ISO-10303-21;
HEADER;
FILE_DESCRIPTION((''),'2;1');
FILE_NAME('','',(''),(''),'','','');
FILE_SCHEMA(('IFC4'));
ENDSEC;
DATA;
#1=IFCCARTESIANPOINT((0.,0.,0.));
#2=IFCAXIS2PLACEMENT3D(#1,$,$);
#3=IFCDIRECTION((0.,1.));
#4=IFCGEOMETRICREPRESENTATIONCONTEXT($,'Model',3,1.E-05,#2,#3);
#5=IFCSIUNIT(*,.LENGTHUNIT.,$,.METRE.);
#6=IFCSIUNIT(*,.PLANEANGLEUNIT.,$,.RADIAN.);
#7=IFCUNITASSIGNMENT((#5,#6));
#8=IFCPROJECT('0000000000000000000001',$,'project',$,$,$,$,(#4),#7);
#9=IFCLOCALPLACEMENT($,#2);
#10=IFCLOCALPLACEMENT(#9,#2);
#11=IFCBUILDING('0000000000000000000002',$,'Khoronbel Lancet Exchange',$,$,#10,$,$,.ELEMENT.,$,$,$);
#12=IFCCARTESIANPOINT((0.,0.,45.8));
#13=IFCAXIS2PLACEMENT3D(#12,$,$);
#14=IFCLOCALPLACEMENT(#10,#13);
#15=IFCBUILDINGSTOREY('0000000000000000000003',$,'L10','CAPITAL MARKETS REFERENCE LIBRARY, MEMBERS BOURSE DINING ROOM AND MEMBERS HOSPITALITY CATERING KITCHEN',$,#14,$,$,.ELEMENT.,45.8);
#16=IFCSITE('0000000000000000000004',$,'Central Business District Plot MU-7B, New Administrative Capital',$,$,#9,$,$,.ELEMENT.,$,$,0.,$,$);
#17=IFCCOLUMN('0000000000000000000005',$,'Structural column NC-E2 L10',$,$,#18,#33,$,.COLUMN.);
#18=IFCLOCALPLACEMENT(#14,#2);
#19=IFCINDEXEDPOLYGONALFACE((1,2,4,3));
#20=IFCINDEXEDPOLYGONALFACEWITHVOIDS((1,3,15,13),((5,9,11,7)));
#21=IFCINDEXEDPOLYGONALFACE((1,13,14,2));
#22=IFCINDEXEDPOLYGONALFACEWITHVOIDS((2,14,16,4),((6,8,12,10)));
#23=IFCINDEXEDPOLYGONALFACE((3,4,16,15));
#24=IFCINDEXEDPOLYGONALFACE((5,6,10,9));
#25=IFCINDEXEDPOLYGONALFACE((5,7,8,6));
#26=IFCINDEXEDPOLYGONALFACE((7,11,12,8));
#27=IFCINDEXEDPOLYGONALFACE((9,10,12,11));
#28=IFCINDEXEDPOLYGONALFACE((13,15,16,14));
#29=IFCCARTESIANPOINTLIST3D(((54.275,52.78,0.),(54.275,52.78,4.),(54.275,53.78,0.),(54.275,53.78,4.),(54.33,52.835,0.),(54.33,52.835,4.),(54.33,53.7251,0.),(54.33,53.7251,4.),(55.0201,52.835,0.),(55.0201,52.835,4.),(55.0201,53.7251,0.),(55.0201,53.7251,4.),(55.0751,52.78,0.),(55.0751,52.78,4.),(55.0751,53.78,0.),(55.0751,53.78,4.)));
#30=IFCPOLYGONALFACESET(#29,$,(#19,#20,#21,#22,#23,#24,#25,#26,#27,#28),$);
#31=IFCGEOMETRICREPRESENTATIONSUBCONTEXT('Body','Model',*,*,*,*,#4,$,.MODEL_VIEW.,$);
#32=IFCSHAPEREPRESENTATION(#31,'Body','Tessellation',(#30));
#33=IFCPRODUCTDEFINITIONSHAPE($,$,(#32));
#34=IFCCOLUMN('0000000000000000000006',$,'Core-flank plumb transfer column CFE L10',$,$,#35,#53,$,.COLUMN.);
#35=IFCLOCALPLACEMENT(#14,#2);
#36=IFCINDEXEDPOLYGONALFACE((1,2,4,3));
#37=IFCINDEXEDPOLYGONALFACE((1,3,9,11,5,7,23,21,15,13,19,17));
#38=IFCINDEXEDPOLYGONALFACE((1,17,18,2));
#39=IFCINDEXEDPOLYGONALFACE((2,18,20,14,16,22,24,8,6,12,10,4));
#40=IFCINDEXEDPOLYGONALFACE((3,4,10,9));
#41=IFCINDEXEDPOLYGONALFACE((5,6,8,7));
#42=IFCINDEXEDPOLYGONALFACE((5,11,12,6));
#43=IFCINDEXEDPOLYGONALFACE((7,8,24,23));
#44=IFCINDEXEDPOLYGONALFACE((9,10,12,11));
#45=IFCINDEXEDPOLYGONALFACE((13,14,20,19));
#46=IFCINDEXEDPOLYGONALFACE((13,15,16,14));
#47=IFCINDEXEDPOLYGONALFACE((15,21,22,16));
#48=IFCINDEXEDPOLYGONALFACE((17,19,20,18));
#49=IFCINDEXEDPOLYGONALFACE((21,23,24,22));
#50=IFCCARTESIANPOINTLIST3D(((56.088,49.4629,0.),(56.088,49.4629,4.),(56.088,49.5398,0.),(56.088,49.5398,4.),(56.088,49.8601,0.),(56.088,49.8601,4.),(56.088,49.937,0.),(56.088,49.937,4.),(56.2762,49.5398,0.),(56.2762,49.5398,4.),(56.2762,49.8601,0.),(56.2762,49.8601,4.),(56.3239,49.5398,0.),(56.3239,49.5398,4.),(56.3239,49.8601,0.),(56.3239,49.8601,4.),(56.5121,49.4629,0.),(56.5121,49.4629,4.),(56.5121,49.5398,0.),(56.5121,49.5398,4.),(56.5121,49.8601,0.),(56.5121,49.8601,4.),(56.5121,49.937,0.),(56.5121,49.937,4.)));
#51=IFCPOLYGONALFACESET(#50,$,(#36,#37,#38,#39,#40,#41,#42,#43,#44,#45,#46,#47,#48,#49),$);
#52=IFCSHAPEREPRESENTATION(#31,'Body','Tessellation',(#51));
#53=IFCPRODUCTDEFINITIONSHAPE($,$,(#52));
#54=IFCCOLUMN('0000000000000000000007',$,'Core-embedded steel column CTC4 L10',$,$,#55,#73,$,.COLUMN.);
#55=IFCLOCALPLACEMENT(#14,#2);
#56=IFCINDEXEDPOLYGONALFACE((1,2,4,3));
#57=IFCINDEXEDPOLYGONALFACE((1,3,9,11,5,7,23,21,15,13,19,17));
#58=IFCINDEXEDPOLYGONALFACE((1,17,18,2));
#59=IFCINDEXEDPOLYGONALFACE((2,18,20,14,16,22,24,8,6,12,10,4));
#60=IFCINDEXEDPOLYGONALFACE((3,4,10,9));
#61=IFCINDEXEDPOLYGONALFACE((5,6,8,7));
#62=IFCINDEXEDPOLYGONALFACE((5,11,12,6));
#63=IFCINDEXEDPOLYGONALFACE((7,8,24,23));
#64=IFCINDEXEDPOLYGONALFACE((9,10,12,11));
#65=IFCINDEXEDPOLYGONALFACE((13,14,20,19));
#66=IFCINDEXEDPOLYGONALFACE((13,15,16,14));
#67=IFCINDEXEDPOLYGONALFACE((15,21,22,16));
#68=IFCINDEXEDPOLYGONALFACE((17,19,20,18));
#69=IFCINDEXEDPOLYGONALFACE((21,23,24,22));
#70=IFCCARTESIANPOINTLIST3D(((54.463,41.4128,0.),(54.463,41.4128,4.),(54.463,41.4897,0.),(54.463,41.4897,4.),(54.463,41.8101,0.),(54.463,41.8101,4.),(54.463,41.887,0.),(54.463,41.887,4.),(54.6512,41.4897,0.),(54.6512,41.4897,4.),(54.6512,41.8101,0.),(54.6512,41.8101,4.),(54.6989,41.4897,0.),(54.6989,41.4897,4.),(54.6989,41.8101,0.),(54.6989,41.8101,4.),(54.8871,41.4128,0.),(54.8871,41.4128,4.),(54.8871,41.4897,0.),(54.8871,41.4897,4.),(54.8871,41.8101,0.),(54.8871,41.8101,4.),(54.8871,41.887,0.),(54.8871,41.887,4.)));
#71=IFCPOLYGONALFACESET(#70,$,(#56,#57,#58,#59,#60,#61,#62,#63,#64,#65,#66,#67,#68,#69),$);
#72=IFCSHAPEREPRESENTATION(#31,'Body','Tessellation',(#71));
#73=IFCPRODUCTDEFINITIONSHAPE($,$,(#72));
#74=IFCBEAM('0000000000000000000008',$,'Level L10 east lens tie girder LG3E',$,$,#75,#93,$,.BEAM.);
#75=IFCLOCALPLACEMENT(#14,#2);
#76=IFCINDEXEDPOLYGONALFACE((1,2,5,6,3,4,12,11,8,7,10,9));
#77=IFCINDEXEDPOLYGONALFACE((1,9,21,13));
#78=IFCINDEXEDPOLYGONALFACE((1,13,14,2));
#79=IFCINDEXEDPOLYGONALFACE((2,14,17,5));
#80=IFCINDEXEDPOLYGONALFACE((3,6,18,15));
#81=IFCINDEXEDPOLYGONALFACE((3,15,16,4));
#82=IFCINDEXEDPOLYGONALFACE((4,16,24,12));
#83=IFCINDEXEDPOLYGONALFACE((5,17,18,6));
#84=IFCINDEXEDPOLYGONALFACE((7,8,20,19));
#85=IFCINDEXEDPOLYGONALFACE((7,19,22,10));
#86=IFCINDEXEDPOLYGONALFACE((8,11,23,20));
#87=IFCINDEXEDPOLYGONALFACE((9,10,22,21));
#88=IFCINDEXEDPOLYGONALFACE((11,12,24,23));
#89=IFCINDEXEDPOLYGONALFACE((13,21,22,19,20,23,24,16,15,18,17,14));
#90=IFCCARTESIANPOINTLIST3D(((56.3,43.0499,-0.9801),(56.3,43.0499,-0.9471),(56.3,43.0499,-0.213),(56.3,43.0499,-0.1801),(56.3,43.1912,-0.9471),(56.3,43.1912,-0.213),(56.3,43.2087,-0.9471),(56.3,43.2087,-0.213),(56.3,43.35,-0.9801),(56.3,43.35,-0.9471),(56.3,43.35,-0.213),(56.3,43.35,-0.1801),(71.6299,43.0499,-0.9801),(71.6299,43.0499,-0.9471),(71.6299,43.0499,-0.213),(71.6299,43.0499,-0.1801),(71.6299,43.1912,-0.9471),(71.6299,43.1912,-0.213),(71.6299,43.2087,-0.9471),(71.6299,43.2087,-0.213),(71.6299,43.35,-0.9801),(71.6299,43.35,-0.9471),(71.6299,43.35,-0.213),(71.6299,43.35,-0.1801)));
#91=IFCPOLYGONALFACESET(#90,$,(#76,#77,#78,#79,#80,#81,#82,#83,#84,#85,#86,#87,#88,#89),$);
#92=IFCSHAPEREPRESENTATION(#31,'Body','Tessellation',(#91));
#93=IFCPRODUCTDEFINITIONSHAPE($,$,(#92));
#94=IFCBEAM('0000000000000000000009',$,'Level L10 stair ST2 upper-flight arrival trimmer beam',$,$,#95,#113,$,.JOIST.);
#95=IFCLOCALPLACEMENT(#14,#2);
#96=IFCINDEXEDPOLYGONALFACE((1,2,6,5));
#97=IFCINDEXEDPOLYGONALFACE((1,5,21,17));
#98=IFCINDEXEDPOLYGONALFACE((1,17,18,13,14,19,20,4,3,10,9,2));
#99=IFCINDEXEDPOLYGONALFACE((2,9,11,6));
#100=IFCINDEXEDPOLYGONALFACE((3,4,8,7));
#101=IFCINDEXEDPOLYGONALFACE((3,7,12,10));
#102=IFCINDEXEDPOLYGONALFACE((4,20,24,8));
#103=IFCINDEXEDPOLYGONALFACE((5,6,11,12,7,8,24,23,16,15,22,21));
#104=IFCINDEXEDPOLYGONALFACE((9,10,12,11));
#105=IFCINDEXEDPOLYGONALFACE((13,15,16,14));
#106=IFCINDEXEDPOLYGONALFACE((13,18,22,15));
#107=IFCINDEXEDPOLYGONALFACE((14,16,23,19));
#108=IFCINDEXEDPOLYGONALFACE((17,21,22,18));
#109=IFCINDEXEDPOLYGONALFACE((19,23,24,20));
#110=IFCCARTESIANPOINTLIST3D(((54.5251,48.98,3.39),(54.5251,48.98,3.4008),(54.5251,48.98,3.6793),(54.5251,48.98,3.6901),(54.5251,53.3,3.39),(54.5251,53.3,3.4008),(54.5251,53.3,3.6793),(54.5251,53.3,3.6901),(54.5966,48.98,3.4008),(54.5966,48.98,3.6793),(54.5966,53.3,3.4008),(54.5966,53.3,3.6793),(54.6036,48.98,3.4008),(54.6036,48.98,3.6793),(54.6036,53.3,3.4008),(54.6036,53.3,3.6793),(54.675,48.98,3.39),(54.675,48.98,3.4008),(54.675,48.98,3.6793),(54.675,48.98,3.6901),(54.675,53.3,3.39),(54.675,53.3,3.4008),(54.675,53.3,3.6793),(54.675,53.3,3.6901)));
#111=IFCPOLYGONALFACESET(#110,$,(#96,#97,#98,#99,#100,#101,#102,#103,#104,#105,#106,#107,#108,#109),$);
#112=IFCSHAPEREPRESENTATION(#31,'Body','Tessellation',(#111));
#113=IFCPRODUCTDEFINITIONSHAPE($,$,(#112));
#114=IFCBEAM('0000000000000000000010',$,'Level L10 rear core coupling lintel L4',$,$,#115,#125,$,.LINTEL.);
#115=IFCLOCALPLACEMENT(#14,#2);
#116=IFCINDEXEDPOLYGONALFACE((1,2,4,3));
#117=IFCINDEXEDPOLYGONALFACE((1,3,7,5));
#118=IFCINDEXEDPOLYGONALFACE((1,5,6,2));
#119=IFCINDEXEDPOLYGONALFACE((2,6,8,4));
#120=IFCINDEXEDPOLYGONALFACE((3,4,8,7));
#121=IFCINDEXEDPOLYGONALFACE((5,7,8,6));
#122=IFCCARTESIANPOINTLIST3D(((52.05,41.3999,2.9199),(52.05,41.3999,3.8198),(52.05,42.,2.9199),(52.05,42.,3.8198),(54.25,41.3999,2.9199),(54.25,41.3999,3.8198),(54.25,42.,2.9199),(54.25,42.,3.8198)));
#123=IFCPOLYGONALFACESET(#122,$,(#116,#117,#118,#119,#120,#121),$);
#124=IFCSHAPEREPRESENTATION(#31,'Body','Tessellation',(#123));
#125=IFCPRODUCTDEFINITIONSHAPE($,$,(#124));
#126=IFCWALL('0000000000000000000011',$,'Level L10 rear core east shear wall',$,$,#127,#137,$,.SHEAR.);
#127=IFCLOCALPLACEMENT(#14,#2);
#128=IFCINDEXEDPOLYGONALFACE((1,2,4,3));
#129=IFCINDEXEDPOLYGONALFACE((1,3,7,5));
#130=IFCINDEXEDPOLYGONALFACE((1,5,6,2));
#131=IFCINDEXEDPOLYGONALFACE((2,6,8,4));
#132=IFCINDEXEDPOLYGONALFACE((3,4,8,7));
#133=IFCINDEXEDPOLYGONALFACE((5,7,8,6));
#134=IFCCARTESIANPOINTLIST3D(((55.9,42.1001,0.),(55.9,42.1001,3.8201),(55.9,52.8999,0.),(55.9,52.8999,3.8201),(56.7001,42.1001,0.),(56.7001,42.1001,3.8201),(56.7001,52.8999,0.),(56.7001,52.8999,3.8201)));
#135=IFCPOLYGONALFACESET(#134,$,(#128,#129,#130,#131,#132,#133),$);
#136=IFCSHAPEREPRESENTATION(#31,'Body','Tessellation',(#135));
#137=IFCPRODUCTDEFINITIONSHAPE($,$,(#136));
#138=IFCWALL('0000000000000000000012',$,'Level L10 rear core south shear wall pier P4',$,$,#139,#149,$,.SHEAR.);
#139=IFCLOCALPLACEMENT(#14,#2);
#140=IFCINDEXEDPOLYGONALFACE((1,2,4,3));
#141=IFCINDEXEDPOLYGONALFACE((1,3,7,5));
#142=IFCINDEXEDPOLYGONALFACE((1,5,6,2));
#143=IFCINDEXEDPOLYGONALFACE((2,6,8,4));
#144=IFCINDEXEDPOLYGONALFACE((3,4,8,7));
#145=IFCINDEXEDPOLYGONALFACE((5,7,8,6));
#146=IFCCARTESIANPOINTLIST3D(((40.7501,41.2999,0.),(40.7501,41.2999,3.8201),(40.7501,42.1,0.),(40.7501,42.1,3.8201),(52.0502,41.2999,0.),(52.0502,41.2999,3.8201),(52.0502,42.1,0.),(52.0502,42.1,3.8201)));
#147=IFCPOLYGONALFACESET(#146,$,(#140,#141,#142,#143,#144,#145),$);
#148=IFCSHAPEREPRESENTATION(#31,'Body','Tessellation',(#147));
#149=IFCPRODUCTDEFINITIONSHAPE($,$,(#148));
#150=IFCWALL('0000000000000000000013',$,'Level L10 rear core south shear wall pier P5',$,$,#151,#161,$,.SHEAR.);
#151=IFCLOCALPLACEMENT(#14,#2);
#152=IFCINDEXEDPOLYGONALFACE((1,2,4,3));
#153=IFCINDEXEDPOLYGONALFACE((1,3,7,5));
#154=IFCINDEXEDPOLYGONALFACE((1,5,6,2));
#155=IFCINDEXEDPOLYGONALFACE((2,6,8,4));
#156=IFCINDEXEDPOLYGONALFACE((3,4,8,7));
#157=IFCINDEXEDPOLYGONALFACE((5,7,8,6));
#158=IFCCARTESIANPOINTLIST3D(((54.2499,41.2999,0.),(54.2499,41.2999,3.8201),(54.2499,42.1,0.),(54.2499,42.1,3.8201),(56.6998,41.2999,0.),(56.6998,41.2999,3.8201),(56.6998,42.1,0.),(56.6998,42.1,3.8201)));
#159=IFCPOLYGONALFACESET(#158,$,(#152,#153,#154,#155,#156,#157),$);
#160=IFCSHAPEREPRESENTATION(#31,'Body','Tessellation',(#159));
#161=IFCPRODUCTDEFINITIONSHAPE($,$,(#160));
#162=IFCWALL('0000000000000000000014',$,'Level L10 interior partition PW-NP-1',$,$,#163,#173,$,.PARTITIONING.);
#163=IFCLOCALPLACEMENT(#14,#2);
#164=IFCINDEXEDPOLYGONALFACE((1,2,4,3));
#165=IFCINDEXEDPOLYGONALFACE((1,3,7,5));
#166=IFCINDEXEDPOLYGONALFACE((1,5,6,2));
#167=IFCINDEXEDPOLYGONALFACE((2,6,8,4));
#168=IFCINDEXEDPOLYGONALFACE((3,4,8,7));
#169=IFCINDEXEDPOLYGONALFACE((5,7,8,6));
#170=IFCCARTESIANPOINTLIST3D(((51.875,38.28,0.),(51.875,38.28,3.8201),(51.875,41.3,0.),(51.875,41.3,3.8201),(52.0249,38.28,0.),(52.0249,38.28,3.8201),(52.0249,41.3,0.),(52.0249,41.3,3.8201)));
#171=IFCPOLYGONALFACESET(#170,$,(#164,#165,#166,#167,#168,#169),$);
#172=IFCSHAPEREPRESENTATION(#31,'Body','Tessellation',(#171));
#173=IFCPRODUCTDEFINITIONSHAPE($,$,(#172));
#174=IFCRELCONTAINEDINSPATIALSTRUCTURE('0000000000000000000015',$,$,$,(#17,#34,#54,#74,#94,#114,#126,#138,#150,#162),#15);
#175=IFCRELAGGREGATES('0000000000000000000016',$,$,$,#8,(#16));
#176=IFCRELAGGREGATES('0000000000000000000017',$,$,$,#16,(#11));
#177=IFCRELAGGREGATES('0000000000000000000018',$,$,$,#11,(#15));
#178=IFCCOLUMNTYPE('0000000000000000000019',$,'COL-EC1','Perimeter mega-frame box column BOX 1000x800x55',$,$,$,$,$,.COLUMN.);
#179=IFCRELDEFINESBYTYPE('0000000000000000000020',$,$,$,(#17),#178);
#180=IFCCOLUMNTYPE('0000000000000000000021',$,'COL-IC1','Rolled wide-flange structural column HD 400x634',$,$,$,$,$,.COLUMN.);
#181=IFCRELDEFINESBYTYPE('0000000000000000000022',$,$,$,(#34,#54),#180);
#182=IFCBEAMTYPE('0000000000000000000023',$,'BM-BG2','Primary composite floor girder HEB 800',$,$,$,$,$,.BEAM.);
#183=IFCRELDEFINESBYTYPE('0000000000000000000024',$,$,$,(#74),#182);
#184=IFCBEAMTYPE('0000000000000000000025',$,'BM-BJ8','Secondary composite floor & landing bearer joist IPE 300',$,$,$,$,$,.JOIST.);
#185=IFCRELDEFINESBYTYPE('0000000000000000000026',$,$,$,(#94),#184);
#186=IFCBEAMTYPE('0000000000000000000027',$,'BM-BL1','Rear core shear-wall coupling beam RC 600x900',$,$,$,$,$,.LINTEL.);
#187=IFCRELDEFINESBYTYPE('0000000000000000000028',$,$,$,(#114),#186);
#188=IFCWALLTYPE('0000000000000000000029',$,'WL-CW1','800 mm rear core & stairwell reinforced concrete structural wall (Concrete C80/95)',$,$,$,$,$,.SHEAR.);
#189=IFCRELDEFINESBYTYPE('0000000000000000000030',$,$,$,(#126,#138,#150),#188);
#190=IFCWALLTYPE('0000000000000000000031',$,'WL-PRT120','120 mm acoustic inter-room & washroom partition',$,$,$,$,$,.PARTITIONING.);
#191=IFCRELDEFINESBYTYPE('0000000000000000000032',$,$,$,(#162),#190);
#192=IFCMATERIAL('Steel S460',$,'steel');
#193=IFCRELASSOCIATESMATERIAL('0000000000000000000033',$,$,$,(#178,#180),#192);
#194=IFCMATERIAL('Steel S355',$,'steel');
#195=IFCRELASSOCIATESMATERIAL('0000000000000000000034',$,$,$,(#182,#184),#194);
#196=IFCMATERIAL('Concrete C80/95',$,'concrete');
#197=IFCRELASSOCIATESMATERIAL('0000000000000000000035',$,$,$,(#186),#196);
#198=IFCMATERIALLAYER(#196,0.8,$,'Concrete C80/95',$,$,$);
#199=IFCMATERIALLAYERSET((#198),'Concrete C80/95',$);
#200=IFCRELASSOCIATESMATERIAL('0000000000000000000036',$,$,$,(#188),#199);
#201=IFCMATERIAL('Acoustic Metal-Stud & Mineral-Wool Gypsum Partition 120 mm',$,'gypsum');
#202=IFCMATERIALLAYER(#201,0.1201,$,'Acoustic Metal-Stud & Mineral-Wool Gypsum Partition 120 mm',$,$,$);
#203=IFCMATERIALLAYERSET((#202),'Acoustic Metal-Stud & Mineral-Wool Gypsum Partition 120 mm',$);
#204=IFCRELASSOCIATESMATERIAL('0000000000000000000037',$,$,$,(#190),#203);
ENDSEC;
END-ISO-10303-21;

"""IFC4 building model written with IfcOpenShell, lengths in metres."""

from ifc_helpers import new_model, si_unit, direction, frame, frame_2d, origin, origin_2d, place, context, subcontext, project, spatial, rectangle, hollow_rectangle, i_section, extrude, material, layer, layer_set, material_profile, profile_set, type_object, element, save


model = new_model("IFC4")

# Units and contexts
model_context = context("Model", 3, precision=1e-05, world=origin(), true_north=direction((0.0, 1.0)))
body_context = subcontext(model_context, "Body", "Model", "MODEL_VIEW")
ifc_project = project(units=[si_unit("LENGTHUNIT", "METRE"), si_unit("PLANEANGLEUNIT", "RADIAN")], contexts=[model_context])

# Site, building, storey
site_placement = place(None, origin())
site = spatial("IfcSite", under=ifc_project, at=site_placement, Name="Central Business District Plot MU-7B, New Administrative Capital", CompositionType="ELEMENT", RefElevation=0.0)
building_placement = place(site_placement, origin())
building = spatial("IfcBuilding", under=site, at=building_placement, Name="Khoronbel Lancet Exchange", CompositionType="ELEMENT")
storey_placement = place(building_placement, frame((0.0, 0.0, 45.8)))
storey = spatial("IfcBuildingStorey", under=building, at=storey_placement, Name="L10", Description="CAPITAL MARKETS REFERENCE LIBRARY, MEMBERS BOURSE DINING ROOM AND MEMBERS HOSPITALITY CATERING KITCHEN", CompositionType="ELEMENT", Elevation=45.8)

# Columns
ifc_material_1 = material(Name="Steel S460", Category="steel")
ifc_material_profile_1 = material_profile(ifc_material_1, hollow_rectangle(XDim=0.8, YDim=1.0, WallThickness=0.0549, at=origin_2d()), Name="BOX 1000x800x55")
ifc_profile_set_1 = profile_set([ifc_material_profile_1], Name="Steel S460")
column_type_1 = type_object("IfcColumnType", Name="COL-EC1", Description="Perimeter mega-frame box column BOX 1000x800x55", PredefinedType="COLUMN", material=ifc_profile_set_1)
column_placement = place(storey_placement, frame((54.675, 53.28, 0.0), z_axis=(0.0, 0.0, 1.0), x_axis=(1.0, 0.0, 0.0)))
element("IfcColumn", 1, at=column_placement, inside=storey, type_object=column_type_1, Name="Structural column NC-E2 L10", PredefinedType="COLUMN", context=body_context, shape_type="SweptSolid", body=[
    extrude(hollow_rectangle(XDim=0.8, YDim=1.0, WallThickness=0.0549, at=origin_2d()), origin(), (0.0, 0.0, 1.0), 4.0),
])
ifc_material_profile_2 = material_profile(ifc_material_1, i_section(OverallWidth=0.4241, OverallDepth=0.4741, WebThickness=0.0476, FlangeThickness=0.0769, at=origin_2d()), Name="HD 400x634")
ifc_profile_set_2 = profile_set([ifc_material_profile_2], Name="Steel S460")
column_type_2 = type_object("IfcColumnType", Name="COL-IC1", Description="Rolled wide-flange structural column HD 400x634", PredefinedType="COLUMN", material=ifc_profile_set_2)
for number, where, z_axis, x_axis, name in (
    (2, (56.3, 49.7, 0.0), (0.0, 0.0, 1.0), (1.0, 0.0, 0.0), "Core-flank plumb transfer column CFE L10"),
    (3, (54.675, 41.6499, 0.0), (0.0, 0.0, 1.0), (1.0, 0.0, 0.0), "Core-embedded steel column CTC4 L10"),
):
    element("IfcColumn", number, at=place(storey_placement, frame(where, z_axis=z_axis, x_axis=x_axis)), inside=storey, type_object=column_type_2, Name=name, PredefinedType="COLUMN", context=body_context, shape_type="SweptSolid", body=[
        extrude(i_section(OverallWidth=0.4241, OverallDepth=0.4741, WebThickness=0.0476, FlangeThickness=0.0769, at=origin_2d()), origin(), (0.0, 0.0, 1.0), 4.0),
    ])

# Beams
ifc_material_2 = material(Name="Steel S355", Category="steel")
ifc_material_profile_3 = material_profile(ifc_material_2, i_section(OverallWidth=0.3, OverallDepth=0.8, WebThickness=0.0176, FlangeThickness=0.033, at=origin_2d()), Name="HEB 800")
ifc_profile_set_3 = profile_set([ifc_material_profile_3], Name="Steel S355")
beam_type_1 = type_object("IfcBeamType", Name="BM-BG2", Description="Primary composite floor girder HEB 800", PredefinedType="BEAM", material=ifc_profile_set_3)
beam_1_placement = place(storey_placement, frame((56.3, 43.2, -0.5801), z_axis=(1.0, 0.0, 0.0), x_axis=(0.0, 1.0, 0.0)))
element("IfcBeam", 4, at=beam_1_placement, inside=storey, type_object=beam_type_1, Name="Level L10 east lens tie girder LG3E", PredefinedType="BEAM", context=body_context, shape_type="SweptSolid", body=[
    extrude(i_section(OverallWidth=0.3, OverallDepth=0.8, WebThickness=0.0176, FlangeThickness=0.033, at=origin_2d()), origin(), (0.0, 0.0, 1.0), 15.3298),
])
ifc_material_profile_4 = material_profile(ifc_material_2, i_section(OverallWidth=0.1499, OverallDepth=0.3, WebThickness=0.0071, FlangeThickness=0.0107, at=origin_2d()), Name="IPE 300")
ifc_profile_set_4 = profile_set([ifc_material_profile_4], Name="Steel S355")
beam_type_2 = type_object("IfcBeamType", Name="BM-BJ8", Description="Secondary composite floor & landing bearer joist IPE 300", PredefinedType="JOIST", material=ifc_profile_set_4)
beam_2_placement = place(storey_placement, frame((54.6001, 48.98, 3.54), z_axis=(0.0, 1.0, 0.0), x_axis=(-1.0, 0.0, 0.0)))
element("IfcBeam", 5, at=beam_2_placement, inside=storey, type_object=beam_type_2, Name="Level L10 stair ST2 upper-flight arrival trimmer beam", PredefinedType="JOIST", context=body_context, shape_type="SweptSolid", body=[
    extrude(i_section(OverallWidth=0.1499, OverallDepth=0.3, WebThickness=0.0071, FlangeThickness=0.0107, at=origin_2d()), origin(), (0.0, 0.0, 1.0), 4.3201),
])
ifc_material_3 = material(Name="Concrete C80/95", Category="concrete")
ifc_material_profile_5 = material_profile(ifc_material_3, rectangle(XDim=0.6001, YDim=0.8999, at=origin_2d()), Name="RC 600x900")
ifc_profile_set_5 = profile_set([ifc_material_profile_5], Name="Concrete C80/95")
beam_type_3 = type_object("IfcBeamType", Name="BM-BL1", Description="Rear core shear-wall coupling beam RC 600x900", PredefinedType="LINTEL", material=ifc_profile_set_5)
beam_3_placement = place(storey_placement, frame((52.05, 41.7, 3.3699), z_axis=(1.0, 0.0, 0.0), x_axis=(0.0, 1.0, 0.0)))
element("IfcBeam", 6, at=beam_3_placement, inside=storey, type_object=beam_type_3, Name="Level L10 rear core coupling lintel L4", PredefinedType="LINTEL", context=body_context, shape_type="SweptSolid", body=[
    extrude(rectangle(XDim=0.6001, YDim=0.8999, at=origin_2d()), origin(), (0.0, 0.0, 1.0), 2.2),
])

# Walls
ifc_layer_1 = layer(ifc_material_3, 0.8, Name="Concrete C80/95")
ifc_layer_set_1 = layer_set([ifc_layer_1], Name="Concrete C80/95")
wall_type_1 = type_object("IfcWallType", Name="WL-CW1", Description="800 mm rear core & stairwell reinforced concrete structural wall (Concrete C80/95)", PredefinedType="SHEAR", material=ifc_layer_set_1)
wall_1_placement = place(storey_placement, frame((56.3, 52.8999, 0.0), z_axis=(0.0, 0.0, 1.0), x_axis=(0.0, -1.0, 0.0)))
element("IfcWall", 7, at=wall_1_placement, inside=storey, type_object=wall_type_1, Name="Level L10 rear core east shear wall", PredefinedType="SHEAR", context=body_context, shape_type="SweptSolid", body=[
    extrude(rectangle(XDim=10.7998, YDim=0.8, at=frame_2d((5.3999, 0.0))), origin(), (0.0, 0.0, 1.0), 3.8201),
])
wall_2_placement = place(storey_placement, frame((52.05, 41.7, 0.0), z_axis=(0.0, 0.0, 1.0), x_axis=(-1.0, 0.0, 0.0)))
element("IfcWall", 8, at=wall_2_placement, inside=storey, type_object=wall_type_1, Name="Level L10 rear core south shear wall pier P4", PredefinedType="SHEAR", context=body_context, shape_type="SweptSolid", body=[
    extrude(rectangle(XDim=11.3, YDim=0.8, at=frame_2d((5.6499, 0.0))), origin(), (0.0, 0.0, 1.0), 3.8201),
])
wall_3_placement = place(storey_placement, frame((56.7, 41.7, 0.0), z_axis=(0.0, 0.0, 1.0), x_axis=(-1.0, 0.0, 0.0)))
element("IfcWall", 9, at=wall_3_placement, inside=storey, type_object=wall_type_1, Name="Level L10 rear core south shear wall pier P5", PredefinedType="SHEAR", context=body_context, shape_type="SweptSolid", body=[
    extrude(rectangle(XDim=2.45, YDim=0.8, at=frame_2d((1.2251, 0.0))), origin(), (0.0, 0.0, 1.0), 3.8201),
])
ifc_material_4 = material(Name="Acoustic Metal-Stud & Mineral-Wool Gypsum Partition 120 mm", Category="gypsum")
ifc_layer_2 = layer(ifc_material_4, 0.1201, Name="Acoustic Metal-Stud & Mineral-Wool Gypsum Partition 120 mm")
ifc_layer_set_2 = layer_set([ifc_layer_2], Name="Acoustic Metal-Stud & Mineral-Wool Gypsum Partition 120 mm")
wall_type_2 = type_object("IfcWallType", Name="WL-PRT120", Description="120 mm acoustic inter-room & washroom partition", PredefinedType="PARTITIONING", material=ifc_layer_set_2)
wall_4_placement = place(storey_placement, frame((51.95, 38.28, 0.0), z_axis=(0.0, 0.0, 1.0), x_axis=(0.0, 1.0, 0.0)))
element("IfcWall", 10, at=wall_4_placement, inside=storey, type_object=wall_type_2, Name="Level L10 interior partition PW-NP-1", PredefinedType="PARTITIONING", context=body_context, shape_type="SweptSolid", body=[
    extrude(rectangle(XDim=3.02, YDim=0.1499, at=frame_2d((1.51, 0.0))), origin(), (0.0, 0.0, 1.0), 3.8201),
])

save(model, "model.ifc")
